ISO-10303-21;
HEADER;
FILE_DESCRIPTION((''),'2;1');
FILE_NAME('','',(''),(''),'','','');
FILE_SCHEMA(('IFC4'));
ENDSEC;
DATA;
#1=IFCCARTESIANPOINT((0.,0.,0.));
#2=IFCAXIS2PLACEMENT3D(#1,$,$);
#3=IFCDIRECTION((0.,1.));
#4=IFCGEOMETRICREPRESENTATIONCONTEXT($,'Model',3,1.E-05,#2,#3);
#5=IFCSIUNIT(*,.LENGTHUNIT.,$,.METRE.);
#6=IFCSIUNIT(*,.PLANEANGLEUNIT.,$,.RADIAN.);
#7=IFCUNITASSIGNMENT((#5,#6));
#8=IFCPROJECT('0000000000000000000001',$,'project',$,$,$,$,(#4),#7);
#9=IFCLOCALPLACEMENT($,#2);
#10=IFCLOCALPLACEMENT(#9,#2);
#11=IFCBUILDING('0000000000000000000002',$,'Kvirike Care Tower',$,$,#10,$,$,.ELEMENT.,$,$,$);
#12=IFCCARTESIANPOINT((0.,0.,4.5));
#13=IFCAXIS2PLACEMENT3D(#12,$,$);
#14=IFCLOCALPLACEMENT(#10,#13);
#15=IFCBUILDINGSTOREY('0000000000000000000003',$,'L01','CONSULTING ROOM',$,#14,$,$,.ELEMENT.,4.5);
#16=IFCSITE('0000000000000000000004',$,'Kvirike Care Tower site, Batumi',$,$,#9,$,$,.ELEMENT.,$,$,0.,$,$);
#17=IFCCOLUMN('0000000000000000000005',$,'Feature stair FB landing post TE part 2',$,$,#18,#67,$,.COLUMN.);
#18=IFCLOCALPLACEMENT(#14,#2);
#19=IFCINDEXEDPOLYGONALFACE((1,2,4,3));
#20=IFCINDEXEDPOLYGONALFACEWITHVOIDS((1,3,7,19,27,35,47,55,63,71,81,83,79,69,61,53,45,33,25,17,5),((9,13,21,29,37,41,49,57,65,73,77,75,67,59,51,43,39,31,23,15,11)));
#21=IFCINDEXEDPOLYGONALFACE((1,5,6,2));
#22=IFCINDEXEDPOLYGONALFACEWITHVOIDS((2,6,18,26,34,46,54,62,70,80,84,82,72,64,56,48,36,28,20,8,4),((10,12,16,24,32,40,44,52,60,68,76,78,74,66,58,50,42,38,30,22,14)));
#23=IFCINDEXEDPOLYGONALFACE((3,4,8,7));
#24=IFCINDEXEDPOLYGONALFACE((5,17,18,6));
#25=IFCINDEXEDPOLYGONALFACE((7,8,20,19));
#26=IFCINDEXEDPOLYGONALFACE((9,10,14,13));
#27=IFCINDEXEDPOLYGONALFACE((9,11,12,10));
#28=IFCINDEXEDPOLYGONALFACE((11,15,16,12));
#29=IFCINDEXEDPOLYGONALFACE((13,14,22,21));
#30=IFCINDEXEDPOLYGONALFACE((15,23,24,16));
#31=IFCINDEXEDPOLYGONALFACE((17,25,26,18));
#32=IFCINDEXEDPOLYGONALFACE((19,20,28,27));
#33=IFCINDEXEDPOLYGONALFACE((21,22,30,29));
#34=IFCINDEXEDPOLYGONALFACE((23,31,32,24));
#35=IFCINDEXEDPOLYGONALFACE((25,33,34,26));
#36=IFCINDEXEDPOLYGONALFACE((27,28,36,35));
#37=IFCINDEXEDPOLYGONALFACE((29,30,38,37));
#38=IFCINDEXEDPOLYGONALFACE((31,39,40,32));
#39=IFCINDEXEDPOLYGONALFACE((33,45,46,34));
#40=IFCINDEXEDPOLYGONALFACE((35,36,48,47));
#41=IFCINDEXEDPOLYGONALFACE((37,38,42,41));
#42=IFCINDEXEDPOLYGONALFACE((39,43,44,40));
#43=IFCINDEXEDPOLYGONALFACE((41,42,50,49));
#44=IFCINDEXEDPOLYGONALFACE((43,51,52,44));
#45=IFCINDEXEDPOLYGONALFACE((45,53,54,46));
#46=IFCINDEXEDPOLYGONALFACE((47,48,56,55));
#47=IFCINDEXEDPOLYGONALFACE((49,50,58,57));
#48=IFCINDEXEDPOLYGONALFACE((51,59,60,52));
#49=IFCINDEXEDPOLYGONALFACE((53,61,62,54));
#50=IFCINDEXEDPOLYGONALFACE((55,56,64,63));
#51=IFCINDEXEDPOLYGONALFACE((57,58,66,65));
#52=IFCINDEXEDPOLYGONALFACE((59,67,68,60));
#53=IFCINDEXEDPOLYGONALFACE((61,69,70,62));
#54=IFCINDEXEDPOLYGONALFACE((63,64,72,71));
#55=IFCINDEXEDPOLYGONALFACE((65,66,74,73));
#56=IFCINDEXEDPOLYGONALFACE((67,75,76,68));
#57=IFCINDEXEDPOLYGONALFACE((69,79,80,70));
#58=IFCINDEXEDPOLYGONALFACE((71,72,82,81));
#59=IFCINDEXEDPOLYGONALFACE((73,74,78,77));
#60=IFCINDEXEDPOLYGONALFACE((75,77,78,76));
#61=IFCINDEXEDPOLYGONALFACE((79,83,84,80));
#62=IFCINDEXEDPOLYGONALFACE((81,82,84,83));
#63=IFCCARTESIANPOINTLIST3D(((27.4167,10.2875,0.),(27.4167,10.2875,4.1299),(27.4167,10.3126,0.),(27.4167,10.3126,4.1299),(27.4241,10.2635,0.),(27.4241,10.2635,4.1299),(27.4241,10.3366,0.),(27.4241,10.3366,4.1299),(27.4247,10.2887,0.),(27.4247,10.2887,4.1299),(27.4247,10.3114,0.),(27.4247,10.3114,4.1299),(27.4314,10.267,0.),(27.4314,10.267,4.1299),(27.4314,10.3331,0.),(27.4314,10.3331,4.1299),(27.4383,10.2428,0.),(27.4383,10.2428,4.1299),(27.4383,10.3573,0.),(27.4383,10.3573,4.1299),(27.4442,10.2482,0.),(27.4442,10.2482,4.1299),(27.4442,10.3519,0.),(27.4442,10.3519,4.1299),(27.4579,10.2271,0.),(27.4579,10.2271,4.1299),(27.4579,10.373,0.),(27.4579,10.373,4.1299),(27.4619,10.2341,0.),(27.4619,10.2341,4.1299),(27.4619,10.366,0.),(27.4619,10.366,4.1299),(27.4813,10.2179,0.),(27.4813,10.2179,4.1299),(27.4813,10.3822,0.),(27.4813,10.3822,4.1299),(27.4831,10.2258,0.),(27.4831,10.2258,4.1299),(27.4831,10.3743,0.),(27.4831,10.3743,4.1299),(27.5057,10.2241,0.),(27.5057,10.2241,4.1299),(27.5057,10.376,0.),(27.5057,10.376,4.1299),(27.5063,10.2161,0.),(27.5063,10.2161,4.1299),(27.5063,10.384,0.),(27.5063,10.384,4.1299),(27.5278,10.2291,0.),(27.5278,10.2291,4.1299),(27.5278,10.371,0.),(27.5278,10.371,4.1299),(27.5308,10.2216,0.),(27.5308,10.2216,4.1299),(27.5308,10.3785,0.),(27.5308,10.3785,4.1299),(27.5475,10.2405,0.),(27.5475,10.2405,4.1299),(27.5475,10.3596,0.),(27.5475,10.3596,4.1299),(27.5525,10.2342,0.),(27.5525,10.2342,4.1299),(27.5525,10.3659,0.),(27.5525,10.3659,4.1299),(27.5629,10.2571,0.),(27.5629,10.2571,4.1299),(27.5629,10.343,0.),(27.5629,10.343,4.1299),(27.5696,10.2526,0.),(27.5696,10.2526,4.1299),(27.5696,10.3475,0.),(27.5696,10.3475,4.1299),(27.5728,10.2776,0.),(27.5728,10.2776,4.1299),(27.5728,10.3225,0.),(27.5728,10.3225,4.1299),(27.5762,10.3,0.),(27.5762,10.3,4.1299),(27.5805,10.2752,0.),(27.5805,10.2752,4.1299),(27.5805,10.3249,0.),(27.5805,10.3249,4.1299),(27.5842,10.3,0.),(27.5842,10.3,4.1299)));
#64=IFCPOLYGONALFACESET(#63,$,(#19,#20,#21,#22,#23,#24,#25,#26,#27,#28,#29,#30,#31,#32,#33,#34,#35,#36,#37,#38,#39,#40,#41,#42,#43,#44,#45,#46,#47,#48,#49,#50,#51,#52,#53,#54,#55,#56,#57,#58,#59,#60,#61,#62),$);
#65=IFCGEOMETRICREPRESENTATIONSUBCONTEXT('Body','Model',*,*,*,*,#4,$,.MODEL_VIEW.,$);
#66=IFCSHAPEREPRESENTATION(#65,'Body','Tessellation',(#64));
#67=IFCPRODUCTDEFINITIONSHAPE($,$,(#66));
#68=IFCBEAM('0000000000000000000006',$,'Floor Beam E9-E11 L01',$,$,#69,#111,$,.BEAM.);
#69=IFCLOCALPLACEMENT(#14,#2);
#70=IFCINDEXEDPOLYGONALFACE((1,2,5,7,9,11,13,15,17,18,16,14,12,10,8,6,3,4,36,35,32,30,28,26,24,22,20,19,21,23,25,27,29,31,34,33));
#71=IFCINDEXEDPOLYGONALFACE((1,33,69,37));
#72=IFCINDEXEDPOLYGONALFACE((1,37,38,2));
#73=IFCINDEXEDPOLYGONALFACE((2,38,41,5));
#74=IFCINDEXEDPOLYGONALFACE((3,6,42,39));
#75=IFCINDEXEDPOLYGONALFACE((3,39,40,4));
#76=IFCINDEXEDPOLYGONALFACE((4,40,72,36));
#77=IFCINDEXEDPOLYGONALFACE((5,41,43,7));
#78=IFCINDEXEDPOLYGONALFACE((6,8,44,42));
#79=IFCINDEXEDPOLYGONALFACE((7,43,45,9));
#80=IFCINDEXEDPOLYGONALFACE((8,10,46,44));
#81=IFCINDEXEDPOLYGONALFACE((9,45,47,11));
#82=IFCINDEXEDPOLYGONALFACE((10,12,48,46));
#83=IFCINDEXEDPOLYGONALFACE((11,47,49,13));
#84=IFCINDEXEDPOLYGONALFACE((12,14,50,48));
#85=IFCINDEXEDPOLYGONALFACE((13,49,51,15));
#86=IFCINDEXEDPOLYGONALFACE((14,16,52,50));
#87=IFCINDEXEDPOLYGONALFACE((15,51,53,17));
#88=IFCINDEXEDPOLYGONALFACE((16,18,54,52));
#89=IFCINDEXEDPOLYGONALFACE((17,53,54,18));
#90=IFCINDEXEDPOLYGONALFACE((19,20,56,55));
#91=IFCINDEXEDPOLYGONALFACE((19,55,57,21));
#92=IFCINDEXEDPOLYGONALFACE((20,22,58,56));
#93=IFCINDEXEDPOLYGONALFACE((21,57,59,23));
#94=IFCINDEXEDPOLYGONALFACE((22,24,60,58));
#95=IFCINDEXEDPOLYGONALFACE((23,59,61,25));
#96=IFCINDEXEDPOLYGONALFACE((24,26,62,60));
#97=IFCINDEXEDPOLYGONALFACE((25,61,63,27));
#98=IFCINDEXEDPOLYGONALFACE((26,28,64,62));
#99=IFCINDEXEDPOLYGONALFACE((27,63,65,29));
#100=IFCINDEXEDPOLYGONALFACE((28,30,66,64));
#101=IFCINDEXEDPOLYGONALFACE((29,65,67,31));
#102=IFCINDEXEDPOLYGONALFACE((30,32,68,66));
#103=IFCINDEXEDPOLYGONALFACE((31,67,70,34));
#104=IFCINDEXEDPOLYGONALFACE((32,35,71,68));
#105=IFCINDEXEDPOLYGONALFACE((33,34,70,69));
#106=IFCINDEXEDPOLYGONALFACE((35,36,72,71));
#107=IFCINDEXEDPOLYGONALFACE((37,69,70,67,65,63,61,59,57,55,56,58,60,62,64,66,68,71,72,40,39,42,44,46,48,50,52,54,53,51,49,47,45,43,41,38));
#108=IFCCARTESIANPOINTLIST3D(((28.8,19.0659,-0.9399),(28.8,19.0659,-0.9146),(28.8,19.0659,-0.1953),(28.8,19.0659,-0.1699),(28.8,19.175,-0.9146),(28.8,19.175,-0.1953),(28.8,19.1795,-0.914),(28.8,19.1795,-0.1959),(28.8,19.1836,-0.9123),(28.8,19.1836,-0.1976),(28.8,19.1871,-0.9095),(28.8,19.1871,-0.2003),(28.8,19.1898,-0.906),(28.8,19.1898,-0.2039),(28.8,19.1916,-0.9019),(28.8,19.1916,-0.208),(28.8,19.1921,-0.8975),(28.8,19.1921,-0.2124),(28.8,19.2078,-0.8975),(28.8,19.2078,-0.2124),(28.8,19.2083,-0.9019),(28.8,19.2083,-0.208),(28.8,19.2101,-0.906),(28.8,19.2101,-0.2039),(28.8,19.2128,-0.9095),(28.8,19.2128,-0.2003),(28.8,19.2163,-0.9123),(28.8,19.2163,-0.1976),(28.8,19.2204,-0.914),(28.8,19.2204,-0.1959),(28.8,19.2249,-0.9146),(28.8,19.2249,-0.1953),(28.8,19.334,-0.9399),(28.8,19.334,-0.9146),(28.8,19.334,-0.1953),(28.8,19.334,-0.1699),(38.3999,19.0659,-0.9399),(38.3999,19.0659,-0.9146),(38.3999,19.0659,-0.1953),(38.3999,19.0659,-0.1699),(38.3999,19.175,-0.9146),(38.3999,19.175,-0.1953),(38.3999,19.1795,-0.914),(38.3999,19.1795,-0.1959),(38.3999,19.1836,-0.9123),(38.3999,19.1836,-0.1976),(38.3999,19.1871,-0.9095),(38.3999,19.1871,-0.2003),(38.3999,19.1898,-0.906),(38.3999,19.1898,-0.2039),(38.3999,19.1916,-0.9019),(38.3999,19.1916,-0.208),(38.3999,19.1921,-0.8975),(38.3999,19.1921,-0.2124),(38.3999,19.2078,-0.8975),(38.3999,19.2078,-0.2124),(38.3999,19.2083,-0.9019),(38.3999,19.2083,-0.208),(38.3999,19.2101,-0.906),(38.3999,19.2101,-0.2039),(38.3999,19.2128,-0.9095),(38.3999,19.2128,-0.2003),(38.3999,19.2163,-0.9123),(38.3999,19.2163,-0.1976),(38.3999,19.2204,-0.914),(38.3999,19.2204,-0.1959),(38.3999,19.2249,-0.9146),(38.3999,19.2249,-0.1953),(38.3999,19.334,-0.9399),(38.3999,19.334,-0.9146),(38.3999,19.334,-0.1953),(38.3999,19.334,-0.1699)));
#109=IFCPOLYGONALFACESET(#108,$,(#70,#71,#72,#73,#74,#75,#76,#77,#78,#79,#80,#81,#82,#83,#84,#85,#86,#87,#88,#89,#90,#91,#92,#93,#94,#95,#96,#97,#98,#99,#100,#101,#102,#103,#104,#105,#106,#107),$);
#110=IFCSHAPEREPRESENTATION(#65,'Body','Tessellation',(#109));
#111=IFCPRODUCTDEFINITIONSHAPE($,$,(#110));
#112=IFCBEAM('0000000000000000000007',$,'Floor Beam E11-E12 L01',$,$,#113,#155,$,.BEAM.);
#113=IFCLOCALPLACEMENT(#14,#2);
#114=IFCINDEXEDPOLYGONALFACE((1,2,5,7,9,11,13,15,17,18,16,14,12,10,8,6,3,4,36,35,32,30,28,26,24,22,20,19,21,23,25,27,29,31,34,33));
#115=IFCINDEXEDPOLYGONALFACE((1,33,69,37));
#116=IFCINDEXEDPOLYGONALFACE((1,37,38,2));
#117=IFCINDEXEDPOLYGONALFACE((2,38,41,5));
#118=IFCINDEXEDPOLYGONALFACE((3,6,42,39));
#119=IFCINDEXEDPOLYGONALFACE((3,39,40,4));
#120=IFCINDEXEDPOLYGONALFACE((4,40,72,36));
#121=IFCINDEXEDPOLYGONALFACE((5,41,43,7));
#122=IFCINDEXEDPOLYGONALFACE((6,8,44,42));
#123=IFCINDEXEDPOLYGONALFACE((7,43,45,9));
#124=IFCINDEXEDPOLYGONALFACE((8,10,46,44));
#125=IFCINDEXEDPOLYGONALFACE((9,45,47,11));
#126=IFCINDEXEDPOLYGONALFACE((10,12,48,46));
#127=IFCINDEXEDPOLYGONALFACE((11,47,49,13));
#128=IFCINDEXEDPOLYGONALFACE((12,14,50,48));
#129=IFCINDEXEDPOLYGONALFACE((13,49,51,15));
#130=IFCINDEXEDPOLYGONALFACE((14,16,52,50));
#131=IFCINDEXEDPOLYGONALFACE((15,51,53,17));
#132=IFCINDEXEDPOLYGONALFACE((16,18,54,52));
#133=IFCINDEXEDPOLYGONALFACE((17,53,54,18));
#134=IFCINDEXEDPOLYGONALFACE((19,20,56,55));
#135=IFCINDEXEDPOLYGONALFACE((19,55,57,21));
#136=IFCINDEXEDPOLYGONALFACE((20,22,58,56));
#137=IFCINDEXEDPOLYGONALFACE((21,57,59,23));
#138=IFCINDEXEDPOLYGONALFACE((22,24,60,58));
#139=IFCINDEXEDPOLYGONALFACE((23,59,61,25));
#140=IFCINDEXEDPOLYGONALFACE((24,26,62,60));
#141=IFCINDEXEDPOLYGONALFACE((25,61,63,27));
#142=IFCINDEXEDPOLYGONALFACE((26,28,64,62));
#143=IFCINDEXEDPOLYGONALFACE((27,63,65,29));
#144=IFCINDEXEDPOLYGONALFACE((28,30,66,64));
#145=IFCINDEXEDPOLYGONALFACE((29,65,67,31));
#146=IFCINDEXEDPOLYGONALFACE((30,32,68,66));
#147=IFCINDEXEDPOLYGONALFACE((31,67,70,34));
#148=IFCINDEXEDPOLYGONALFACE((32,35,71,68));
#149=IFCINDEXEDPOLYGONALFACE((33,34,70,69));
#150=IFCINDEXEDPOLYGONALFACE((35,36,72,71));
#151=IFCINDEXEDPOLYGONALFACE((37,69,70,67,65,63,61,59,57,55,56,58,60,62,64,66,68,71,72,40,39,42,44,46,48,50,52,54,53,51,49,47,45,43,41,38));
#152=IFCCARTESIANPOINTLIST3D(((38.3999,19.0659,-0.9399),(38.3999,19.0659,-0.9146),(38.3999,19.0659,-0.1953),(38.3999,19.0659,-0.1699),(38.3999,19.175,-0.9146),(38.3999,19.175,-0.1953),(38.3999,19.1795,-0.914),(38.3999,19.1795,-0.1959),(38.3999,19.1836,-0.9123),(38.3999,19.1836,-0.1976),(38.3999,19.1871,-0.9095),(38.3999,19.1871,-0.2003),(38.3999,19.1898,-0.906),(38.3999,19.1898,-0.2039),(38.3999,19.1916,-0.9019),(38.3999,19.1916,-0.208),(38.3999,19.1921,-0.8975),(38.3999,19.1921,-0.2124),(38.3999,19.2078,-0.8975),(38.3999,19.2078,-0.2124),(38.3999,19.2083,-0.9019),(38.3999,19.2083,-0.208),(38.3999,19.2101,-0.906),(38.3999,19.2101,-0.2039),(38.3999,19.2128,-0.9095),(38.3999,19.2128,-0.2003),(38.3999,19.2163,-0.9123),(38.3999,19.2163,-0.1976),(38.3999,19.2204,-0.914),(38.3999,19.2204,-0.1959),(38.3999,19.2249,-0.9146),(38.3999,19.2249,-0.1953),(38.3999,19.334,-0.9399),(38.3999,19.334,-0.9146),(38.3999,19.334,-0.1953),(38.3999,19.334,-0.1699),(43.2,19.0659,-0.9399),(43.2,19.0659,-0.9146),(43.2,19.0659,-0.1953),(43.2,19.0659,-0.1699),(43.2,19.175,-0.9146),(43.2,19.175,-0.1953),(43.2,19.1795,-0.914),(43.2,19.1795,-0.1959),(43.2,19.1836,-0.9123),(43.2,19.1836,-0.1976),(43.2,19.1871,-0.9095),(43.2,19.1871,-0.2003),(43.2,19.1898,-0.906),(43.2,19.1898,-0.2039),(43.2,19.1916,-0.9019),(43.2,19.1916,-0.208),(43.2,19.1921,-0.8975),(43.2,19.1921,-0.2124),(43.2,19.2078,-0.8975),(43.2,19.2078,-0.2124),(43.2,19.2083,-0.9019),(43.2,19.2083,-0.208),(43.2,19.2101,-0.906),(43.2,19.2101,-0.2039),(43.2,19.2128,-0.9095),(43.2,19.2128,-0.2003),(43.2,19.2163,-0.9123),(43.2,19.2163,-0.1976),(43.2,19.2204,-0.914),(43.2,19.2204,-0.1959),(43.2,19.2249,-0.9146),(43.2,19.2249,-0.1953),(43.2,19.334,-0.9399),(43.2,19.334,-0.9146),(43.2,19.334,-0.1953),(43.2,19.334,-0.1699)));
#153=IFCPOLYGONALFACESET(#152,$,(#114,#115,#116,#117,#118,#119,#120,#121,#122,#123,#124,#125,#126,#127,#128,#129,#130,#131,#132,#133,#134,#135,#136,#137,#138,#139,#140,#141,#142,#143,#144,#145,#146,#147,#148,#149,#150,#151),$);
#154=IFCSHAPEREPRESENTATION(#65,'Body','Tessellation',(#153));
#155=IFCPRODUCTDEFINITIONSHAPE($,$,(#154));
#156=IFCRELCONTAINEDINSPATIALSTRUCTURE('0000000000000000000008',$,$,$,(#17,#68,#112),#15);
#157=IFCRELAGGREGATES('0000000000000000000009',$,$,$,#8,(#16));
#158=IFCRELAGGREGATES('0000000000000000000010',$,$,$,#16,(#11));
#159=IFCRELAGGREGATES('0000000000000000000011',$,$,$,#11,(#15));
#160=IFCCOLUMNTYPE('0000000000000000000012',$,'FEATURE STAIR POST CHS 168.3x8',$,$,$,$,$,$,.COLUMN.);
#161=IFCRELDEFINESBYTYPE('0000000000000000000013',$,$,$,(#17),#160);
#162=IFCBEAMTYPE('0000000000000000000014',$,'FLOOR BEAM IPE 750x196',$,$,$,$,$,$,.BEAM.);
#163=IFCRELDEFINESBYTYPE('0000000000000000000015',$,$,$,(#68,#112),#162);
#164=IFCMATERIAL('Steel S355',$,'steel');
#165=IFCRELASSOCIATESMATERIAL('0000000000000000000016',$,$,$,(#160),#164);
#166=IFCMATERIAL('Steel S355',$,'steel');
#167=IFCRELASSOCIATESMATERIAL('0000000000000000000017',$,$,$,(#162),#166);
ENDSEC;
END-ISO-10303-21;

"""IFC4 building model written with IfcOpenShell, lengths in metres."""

from ifc_helpers import new_model, si_unit, direction, frame, origin, origin_2d, place, context, subcontext, project, spatial, hollow_circle, i_section, extrude, material, material_profile, profile_set, type_object, element, save


model = new_model("IFC4")

# Units and contexts
model_context = context("Model", 3, precision=1e-05, world=origin(), true_north=direction((0.0, 1.0)))
body_context = subcontext(model_context, "Body", "Model", "MODEL_VIEW")
ifc_project = project(units=[si_unit("LENGTHUNIT", "METRE"), si_unit("PLANEANGLEUNIT", "RADIAN")], contexts=[model_context])

# Site, building, storey
site_placement = place(None, origin())
site = spatial("IfcSite", under=ifc_project, at=site_placement, Name="Kvirike Care Tower site, Batumi", CompositionType="ELEMENT", RefElevation=0.0)
building_placement = place(site_placement, origin())
building = spatial("IfcBuilding", under=site, at=building_placement, Name="Kvirike Care Tower", CompositionType="ELEMENT")
storey_placement = place(building_placement, frame((0.0, 0.0, 4.5)))
storey = spatial("IfcBuildingStorey", under=building, at=storey_placement, Name="L01", Description="CONSULTING ROOM", CompositionType="ELEMENT", Elevation=4.5)

# Column
ifc_material_1 = material(Name="Steel S355", Category="steel")
ifc_material_profile_1 = material_profile(ifc_material_1, hollow_circle(Radius=0.0842, WallThickness=0.0081, at=origin_2d()), Name="CHS 168.3x8")
ifc_profile_set_1 = profile_set([ifc_material_profile_1], Name="Steel S355")
column_type_1 = type_object("IfcColumnType", Name="FEATURE STAIR POST CHS 168.3x8", PredefinedType="COLUMN", material=ifc_profile_set_1)
column_1_placement = place(storey_placement, frame((27.5, 10.3, 0.0), z_axis=(0.0, 0.0, 1.0), x_axis=(1.0, 0.0, 0.0)))
element("IfcColumn", 1, at=column_1_placement, inside=storey, type_object=column_type_1, Name="Feature stair FB landing post TE part 2", PredefinedType="COLUMN", context=body_context, shape_type="SweptSolid", body=[
    extrude(hollow_circle(Radius=0.0842, WallThickness=0.0081, at=origin_2d()), origin(), (0.0, 0.0, 1.0), 4.1299),
])

# Beams
ifc_material_2 = material(Name="Steel S355", Category="steel")
ifc_material_profile_2 = material_profile(ifc_material_2, i_section(OverallWidth=0.2681, OverallDepth=0.77, WebThickness=0.0156, FlangeThickness=0.0254, FilletRadius=0.0171, at=origin_2d()), Name="IPE 750x196")
ifc_profile_set_2 = profile_set([ifc_material_profile_2], Name="Steel S355")
beam_type_1 = type_object("IfcBeamType", Name="FLOOR BEAM IPE 750x196", PredefinedType="BEAM", material=ifc_profile_set_2)
beam_1_placement = place(storey_placement, frame((28.8, 19.2, -0.5549), z_axis=(1.0, 0.0, 0.0), x_axis=(0.0, 1.0, 0.0)))
element("IfcBeam", 2, at=beam_1_placement, inside=storey, type_object=beam_type_1, Name="Floor Beam E9-E11 L01", PredefinedType="BEAM", context=body_context, shape_type="SweptSolid", body=[
    extrude(i_section(OverallWidth=0.2681, OverallDepth=0.77, WebThickness=0.0156, FlangeThickness=0.0254, FilletRadius=0.0171, at=origin_2d()), origin(), (0.0, 0.0, 1.0), 9.5999),
])
beam_2_placement = place(storey_placement, frame((38.3999, 19.2, -0.5549), z_axis=(1.0, 0.0, 0.0), x_axis=(0.0, 1.0, 0.0)))
element("IfcBeam", 3, at=beam_2_placement, inside=storey, type_object=beam_type_1, Name="Floor Beam E11-E12 L01", PredefinedType="BEAM", context=body_context, shape_type="SweptSolid", body=[
    extrude(i_section(OverallWidth=0.2681, OverallDepth=0.77, WebThickness=0.0156, FlangeThickness=0.0254, FilletRadius=0.0171, at=origin_2d()), origin(), (0.0, 0.0, 1.0), 4.8),
])

save(model, "model.ifc")
